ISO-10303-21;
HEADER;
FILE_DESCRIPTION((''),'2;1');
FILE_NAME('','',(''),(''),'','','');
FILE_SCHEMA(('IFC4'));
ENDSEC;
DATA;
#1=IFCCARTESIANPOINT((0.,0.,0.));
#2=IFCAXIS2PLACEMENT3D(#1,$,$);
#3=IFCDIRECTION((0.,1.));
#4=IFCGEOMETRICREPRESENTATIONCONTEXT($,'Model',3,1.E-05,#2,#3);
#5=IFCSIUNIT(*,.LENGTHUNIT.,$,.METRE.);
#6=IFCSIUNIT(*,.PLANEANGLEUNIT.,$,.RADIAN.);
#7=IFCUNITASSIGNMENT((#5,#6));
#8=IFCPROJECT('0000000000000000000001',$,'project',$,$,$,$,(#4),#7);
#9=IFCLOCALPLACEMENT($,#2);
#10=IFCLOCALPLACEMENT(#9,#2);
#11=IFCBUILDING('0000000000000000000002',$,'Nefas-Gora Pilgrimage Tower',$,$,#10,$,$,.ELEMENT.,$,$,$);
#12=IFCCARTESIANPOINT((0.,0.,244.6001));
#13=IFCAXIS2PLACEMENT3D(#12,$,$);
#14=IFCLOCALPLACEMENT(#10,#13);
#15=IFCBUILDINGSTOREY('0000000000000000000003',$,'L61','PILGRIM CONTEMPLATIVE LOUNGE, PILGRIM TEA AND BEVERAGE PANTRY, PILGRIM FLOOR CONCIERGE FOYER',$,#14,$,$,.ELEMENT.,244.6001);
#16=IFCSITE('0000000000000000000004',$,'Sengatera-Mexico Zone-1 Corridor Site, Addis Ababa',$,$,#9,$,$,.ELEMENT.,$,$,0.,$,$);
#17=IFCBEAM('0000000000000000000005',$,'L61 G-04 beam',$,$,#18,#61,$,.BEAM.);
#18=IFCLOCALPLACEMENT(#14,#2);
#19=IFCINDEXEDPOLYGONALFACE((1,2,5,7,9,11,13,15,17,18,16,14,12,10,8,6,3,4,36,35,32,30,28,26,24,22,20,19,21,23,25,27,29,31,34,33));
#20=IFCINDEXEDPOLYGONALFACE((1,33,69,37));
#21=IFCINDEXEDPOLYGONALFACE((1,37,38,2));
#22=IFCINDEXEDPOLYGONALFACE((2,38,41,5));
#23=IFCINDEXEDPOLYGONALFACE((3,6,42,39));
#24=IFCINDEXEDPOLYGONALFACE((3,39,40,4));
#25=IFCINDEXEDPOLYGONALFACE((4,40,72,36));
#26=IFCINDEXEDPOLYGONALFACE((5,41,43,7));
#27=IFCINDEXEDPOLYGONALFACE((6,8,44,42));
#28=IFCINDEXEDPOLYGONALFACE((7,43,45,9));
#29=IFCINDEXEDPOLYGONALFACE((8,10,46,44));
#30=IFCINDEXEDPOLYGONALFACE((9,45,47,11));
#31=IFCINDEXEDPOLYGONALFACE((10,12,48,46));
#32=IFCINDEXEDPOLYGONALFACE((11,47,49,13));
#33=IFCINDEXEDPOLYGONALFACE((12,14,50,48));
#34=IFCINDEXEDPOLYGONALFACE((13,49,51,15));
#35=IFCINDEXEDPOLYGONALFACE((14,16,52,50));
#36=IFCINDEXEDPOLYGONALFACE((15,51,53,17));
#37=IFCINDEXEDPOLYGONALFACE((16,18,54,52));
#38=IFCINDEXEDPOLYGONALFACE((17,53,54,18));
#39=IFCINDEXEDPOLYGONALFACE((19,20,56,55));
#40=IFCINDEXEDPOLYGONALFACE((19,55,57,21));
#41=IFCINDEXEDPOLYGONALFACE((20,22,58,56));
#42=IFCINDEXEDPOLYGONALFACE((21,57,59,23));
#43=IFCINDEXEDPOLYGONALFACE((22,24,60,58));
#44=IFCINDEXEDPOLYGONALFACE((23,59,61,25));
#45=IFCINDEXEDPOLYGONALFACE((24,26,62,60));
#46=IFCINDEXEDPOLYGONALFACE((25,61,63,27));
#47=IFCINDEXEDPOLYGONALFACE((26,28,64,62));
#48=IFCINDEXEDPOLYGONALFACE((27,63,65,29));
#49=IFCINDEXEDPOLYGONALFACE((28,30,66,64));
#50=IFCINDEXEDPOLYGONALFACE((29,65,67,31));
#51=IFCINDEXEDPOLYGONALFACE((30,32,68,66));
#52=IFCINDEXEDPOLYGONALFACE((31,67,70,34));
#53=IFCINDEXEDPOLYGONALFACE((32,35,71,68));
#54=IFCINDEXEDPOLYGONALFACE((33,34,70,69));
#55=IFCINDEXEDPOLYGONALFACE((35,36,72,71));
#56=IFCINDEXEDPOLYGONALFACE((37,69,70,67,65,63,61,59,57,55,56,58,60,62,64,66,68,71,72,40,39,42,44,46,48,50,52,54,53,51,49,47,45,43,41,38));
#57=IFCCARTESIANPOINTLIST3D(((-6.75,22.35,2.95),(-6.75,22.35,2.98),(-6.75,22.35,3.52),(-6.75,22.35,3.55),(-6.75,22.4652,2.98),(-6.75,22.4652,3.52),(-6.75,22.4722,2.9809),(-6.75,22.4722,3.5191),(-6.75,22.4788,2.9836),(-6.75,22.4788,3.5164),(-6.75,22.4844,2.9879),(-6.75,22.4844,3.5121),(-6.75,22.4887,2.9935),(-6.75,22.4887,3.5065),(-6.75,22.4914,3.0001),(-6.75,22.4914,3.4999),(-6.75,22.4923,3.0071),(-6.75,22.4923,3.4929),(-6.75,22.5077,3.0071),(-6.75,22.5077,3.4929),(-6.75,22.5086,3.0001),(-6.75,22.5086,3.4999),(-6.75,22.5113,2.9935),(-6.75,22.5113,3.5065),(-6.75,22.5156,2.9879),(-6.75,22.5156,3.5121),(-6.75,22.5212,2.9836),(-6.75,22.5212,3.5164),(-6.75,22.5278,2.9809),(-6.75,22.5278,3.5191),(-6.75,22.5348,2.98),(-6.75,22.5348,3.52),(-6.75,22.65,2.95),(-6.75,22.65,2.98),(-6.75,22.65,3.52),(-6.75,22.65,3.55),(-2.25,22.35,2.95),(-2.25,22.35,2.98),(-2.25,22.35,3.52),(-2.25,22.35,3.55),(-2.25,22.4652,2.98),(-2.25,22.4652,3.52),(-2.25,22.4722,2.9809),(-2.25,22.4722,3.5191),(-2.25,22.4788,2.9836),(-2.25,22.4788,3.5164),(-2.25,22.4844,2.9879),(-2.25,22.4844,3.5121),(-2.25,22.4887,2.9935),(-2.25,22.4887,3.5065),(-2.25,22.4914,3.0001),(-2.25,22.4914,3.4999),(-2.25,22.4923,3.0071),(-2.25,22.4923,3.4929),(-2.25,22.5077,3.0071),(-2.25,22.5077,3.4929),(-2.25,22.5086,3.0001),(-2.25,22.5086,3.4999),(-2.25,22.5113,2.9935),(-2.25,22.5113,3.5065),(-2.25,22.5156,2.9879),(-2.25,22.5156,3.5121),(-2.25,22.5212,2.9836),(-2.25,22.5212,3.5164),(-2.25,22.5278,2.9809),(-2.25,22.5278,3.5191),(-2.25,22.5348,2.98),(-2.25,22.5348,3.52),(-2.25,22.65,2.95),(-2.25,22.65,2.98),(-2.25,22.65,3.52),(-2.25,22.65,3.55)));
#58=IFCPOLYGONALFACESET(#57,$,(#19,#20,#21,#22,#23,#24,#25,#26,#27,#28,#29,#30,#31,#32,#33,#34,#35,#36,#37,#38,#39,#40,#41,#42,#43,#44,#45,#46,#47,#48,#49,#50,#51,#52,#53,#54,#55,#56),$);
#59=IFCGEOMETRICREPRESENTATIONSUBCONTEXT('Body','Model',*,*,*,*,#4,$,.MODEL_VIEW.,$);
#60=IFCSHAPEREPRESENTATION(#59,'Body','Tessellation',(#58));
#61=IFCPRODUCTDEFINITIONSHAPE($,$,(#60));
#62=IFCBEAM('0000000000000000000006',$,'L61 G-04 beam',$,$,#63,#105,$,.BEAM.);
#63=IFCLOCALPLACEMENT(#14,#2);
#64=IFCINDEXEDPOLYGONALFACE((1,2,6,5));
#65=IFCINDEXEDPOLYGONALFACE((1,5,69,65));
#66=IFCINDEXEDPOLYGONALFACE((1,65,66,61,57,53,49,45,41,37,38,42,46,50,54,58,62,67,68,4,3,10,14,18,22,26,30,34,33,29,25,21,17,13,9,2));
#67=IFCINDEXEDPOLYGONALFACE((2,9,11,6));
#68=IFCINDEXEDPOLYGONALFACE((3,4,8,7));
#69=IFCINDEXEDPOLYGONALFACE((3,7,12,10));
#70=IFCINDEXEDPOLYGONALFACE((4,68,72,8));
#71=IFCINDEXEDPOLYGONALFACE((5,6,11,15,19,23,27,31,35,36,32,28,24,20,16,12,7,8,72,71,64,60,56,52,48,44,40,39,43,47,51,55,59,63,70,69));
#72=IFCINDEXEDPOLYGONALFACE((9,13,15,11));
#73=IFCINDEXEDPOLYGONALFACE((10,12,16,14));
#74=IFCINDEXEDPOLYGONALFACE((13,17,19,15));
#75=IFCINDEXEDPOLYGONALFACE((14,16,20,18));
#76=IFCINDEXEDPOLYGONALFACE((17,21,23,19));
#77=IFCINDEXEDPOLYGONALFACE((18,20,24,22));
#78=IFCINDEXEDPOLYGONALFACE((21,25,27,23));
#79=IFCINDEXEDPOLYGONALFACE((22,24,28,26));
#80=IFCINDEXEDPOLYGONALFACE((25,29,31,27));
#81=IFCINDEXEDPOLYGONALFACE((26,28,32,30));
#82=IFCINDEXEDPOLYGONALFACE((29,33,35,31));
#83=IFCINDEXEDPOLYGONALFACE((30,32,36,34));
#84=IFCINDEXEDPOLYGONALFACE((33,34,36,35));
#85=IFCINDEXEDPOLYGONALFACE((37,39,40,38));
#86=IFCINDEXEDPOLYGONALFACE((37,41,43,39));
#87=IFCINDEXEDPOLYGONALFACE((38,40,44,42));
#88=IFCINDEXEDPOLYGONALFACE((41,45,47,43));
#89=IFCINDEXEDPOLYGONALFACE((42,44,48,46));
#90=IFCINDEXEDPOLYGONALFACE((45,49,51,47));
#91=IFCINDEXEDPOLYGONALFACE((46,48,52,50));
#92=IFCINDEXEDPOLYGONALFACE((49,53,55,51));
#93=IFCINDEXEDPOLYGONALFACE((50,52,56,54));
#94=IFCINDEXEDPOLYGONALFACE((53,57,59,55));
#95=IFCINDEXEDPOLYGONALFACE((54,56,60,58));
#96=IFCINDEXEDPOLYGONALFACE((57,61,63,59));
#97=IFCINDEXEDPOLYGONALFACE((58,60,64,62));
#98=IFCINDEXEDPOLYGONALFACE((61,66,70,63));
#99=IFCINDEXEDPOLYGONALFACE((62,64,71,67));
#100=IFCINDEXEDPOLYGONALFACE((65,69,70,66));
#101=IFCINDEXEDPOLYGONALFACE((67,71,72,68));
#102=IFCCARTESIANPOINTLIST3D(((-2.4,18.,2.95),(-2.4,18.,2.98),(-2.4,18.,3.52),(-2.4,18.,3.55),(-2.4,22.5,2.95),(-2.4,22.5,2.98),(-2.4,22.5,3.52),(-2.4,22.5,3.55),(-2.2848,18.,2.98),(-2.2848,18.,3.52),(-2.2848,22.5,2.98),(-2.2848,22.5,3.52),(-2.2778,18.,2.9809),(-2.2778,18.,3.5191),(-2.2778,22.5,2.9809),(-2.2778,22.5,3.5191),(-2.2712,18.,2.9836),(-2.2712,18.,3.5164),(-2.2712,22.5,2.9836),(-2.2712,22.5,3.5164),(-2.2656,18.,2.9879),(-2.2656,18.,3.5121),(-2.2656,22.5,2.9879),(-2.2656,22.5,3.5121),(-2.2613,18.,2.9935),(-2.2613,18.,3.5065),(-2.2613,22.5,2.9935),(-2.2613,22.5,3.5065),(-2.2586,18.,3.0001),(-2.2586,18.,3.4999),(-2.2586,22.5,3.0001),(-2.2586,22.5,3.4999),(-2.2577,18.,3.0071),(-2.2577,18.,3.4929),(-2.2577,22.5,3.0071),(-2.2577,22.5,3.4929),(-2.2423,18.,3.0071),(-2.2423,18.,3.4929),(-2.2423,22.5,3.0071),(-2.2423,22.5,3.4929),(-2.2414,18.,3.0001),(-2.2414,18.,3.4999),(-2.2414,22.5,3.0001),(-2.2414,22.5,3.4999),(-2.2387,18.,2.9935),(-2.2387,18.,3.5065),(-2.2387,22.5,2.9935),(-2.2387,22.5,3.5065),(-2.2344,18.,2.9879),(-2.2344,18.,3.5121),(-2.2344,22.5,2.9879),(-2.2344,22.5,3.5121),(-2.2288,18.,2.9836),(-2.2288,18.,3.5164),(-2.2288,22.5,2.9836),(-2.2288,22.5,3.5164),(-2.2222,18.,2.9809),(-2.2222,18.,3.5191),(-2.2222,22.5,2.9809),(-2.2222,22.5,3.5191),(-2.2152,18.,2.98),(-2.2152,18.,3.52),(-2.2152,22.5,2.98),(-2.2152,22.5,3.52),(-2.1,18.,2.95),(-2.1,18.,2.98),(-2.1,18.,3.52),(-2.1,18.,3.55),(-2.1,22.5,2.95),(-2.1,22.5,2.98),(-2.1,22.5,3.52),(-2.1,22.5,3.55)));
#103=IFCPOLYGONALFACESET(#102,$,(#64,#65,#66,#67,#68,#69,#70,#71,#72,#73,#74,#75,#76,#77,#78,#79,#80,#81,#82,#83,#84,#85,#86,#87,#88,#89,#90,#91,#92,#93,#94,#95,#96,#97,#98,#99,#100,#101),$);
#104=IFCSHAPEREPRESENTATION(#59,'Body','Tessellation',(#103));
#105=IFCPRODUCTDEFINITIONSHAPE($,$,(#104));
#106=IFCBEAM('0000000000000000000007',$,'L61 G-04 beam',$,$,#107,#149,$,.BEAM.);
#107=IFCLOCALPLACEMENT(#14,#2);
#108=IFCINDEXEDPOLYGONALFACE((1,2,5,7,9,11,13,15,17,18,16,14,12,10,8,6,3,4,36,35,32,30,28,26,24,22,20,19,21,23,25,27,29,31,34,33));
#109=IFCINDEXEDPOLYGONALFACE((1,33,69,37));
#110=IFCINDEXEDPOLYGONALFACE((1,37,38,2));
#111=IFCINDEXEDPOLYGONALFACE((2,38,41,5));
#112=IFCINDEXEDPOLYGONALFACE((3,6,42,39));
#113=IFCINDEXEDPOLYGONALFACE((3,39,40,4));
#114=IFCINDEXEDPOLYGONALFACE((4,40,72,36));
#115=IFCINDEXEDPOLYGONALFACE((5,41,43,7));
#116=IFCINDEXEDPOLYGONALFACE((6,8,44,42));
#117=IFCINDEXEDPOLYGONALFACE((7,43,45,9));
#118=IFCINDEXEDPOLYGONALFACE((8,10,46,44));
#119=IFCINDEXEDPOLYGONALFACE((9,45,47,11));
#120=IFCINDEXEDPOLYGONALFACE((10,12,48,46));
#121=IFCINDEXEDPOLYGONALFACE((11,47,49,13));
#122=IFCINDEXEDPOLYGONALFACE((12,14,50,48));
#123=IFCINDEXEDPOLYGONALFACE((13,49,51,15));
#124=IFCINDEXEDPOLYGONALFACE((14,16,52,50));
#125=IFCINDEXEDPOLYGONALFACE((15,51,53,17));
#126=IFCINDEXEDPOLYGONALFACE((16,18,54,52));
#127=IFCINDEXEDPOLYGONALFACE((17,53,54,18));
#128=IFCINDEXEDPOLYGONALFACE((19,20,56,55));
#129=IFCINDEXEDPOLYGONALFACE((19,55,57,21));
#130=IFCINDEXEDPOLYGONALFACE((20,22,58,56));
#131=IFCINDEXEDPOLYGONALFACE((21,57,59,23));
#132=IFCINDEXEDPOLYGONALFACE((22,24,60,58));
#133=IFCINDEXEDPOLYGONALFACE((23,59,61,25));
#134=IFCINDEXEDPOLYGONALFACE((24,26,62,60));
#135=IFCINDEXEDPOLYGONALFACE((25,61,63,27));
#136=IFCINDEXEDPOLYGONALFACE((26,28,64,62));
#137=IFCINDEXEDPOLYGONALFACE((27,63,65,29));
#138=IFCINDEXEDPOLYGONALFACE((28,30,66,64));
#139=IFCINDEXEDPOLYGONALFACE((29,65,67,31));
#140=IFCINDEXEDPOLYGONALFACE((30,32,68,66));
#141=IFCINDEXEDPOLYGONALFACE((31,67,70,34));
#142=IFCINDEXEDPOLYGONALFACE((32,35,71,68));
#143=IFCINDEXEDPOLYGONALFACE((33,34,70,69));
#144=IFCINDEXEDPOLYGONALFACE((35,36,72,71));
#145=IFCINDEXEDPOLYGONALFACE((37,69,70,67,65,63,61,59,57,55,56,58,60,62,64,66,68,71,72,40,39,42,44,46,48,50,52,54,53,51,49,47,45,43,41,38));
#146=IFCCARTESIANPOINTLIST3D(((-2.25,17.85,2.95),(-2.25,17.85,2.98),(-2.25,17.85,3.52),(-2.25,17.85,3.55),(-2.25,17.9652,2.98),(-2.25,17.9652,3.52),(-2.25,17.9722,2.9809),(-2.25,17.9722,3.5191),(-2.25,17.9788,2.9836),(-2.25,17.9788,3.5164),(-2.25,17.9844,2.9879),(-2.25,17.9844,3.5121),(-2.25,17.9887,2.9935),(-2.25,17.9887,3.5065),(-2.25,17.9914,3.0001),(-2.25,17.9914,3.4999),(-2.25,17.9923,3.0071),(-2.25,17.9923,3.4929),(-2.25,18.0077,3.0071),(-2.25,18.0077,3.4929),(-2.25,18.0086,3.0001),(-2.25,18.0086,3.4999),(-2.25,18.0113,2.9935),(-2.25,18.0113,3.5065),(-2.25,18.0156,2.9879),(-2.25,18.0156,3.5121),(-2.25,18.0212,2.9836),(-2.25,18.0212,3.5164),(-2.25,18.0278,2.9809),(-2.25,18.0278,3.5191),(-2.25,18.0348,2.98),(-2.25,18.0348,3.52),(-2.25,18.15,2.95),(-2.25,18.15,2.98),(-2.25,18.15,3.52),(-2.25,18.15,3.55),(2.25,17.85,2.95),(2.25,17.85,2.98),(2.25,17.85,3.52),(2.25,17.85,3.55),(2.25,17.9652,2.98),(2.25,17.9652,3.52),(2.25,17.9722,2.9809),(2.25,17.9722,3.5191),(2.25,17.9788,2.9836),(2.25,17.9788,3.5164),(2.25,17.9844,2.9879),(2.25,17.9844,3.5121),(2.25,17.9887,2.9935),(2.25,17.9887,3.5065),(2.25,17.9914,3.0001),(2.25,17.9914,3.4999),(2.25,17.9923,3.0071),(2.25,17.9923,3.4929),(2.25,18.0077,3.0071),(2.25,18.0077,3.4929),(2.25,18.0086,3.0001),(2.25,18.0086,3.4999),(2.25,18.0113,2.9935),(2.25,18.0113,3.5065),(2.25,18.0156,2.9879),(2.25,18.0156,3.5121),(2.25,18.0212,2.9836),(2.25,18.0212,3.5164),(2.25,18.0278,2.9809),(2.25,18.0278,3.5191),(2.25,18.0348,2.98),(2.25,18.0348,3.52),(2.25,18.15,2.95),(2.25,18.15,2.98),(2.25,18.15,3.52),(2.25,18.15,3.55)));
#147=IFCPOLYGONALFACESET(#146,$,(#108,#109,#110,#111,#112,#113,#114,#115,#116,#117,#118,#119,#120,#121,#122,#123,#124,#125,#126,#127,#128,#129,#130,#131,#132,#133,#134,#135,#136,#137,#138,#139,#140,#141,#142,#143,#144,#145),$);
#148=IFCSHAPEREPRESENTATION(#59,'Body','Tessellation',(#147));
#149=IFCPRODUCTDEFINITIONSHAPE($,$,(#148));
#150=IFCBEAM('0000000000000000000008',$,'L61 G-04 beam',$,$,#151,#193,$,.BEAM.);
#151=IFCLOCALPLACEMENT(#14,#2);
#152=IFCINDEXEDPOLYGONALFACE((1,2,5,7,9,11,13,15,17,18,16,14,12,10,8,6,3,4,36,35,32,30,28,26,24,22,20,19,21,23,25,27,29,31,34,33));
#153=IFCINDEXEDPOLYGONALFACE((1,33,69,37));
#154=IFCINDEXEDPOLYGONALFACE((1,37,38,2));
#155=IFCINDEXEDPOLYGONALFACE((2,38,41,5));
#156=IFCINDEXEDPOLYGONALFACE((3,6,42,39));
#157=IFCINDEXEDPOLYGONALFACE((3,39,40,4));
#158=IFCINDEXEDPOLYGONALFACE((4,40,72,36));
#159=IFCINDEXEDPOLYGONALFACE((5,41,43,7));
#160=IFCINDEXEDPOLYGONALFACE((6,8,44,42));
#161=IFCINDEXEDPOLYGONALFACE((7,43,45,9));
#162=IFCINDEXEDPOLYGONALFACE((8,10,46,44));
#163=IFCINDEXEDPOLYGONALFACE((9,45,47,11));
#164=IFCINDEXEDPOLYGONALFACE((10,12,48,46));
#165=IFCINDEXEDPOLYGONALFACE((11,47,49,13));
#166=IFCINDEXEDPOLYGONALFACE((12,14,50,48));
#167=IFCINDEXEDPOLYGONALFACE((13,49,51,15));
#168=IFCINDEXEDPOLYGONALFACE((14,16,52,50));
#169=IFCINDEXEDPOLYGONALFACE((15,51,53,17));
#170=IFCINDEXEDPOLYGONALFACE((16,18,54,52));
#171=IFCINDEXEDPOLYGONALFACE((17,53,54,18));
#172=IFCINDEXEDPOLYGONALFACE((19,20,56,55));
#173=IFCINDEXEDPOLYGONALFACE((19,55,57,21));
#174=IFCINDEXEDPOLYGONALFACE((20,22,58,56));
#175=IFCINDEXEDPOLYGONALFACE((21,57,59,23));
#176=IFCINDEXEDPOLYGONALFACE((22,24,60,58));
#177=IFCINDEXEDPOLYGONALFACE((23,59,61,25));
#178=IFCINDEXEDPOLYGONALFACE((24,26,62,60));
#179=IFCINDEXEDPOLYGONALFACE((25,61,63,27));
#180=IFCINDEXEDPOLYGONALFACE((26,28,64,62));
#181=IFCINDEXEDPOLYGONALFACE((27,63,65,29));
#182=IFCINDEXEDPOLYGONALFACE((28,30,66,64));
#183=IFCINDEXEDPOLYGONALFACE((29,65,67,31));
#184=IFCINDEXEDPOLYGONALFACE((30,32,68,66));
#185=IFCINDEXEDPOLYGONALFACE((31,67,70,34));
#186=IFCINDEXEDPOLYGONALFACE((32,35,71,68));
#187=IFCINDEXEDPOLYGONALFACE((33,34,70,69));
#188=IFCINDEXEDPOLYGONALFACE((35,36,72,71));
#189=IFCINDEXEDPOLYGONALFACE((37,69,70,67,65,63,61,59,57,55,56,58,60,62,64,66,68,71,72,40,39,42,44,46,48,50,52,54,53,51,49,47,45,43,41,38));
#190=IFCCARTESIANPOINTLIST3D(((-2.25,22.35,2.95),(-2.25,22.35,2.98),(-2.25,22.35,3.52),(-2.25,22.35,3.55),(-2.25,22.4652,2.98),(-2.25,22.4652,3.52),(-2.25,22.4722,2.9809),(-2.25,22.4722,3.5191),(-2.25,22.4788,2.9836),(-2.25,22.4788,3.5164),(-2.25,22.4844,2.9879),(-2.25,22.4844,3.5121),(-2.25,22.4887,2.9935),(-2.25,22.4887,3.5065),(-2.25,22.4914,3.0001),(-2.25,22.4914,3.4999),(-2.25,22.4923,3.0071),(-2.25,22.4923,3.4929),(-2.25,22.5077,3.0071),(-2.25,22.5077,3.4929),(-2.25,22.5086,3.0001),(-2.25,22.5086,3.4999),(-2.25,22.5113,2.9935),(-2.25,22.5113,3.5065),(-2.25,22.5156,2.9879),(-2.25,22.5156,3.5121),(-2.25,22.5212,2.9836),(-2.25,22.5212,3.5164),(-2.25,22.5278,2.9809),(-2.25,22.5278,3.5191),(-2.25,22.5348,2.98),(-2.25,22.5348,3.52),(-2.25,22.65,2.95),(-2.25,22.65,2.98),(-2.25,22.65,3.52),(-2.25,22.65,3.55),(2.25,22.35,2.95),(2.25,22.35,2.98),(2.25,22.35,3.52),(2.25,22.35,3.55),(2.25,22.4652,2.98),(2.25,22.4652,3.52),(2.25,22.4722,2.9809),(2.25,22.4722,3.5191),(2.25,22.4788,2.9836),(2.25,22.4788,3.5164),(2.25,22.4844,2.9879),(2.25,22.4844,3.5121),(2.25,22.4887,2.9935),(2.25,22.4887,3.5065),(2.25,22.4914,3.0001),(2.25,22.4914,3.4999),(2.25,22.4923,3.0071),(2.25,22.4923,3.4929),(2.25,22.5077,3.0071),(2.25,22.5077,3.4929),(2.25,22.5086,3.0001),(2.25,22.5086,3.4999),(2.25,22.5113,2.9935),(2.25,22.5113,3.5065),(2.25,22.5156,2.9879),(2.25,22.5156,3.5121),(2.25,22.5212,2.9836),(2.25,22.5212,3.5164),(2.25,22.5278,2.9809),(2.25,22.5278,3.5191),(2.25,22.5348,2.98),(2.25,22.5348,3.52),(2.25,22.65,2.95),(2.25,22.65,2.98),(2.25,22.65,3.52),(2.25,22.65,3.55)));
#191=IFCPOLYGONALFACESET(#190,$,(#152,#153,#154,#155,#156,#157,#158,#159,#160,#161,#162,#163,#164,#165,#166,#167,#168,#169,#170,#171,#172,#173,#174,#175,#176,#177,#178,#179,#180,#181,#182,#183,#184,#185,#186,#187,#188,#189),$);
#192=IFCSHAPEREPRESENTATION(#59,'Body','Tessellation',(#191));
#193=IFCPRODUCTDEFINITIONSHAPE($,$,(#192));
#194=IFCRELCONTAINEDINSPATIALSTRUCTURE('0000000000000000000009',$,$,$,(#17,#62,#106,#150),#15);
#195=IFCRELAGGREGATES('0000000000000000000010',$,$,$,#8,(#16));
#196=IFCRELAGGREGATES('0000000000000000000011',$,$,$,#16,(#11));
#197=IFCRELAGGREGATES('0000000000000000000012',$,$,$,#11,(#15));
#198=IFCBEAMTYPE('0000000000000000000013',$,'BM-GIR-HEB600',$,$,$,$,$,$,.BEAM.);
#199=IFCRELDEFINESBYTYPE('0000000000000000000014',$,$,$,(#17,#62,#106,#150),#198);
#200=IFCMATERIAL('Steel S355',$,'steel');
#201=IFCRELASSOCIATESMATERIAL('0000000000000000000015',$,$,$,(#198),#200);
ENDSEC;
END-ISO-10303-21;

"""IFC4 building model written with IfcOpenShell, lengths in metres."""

from ifc_helpers import new_model, si_unit, direction, frame, origin, origin_2d, place, context, subcontext, project, spatial, i_section, extrude, source, transform, mapped, material, material_profile, profile_set, type_object, element, save


model = new_model("IFC4")

# Units and contexts
model_context = context("Model", 3, precision=1e-05, world=origin(), true_north=direction((0.0, 1.0)))
body_context = subcontext(model_context, "Body", "Model", "MODEL_VIEW")
ifc_project = project(units=[si_unit("LENGTHUNIT", "METRE"), si_unit("PLANEANGLEUNIT", "RADIAN")], contexts=[model_context])

# Site, building, storey
site_placement = place(None, origin())
site = spatial("IfcSite", under=ifc_project, at=site_placement, Name="Sengatera-Mexico Zone-1 Corridor Site, Addis Ababa", CompositionType="ELEMENT", RefElevation=0.0)
building_placement = place(site_placement, origin())
building = spatial("IfcBuilding", under=site, at=building_placement, Name="Nefas-Gora Pilgrimage Tower", CompositionType="ELEMENT")
storey_placement = place(building_placement, frame((0.0, 0.0, 244.6001)))
storey = spatial("IfcBuildingStorey", under=building, at=storey_placement, Name="L61", Description="PILGRIM CONTEMPLATIVE LOUNGE, PILGRIM TEA AND BEVERAGE PANTRY, PILGRIM FLOOR CONCIERGE FOYER", CompositionType="ELEMENT", Elevation=244.6001)

# Beams
ifc_material_1 = material(Name="Steel S355", Category="steel")
ifc_material_profile_1 = material_profile(ifc_material_1, i_section(OverallWidth=0.3, OverallDepth=0.6001, WebThickness=0.0154, FlangeThickness=0.03, FilletRadius=0.0271, at=origin_2d()), Name="HEB 600")
ifc_profile_set_1 = profile_set([ifc_material_profile_1], Name="Steel S355")
beam_type = type_object("IfcBeamType", Name="BM-GIR-HEB600", PredefinedType="BEAM", material=ifc_profile_set_1)
shared_shape_1 = source(origin(), body_context, "Body", "SweptSolid", [
    extrude(i_section(OverallWidth=0.3, OverallDepth=0.6001, WebThickness=0.0154, FlangeThickness=0.03, FilletRadius=0.0271, at=origin_2d()), origin(), (0.0, 0.0, 1.0), 4.5),
])
for number, where, z_axis, x_axis, name in (
    (1, (-6.75, 22.5, 3.25), (1.0, 0.0, 0.0), (0.0, 1.0, 0.0), "L61 G-04 beam"),
    (2, (-2.25, 18.0, 3.25), (0.0, 1.0, 0.0), (-1.0, 0.0, 0.0), "L61 G-04 beam"),
    (3, (-2.25, 18.0, 3.25), (1.0, 0.0, 0.0), (0.0, 1.0, 0.0), "L61 G-04 beam"),
    (4, (-2.25, 22.5, 3.25), (1.0, 0.0, 0.0), (0.0, 1.0, 0.0), "L61 G-04 beam"),
):
    element("IfcBeam", number, at=place(storey_placement, frame(where, z_axis=z_axis, x_axis=x_axis)), inside=storey, type_object=beam_type, Name=name, PredefinedType="BEAM", context=body_context, shape_type="MappedRepresentation", body=[
        mapped(shared_shape_1, transform((0.0, 0.0, 0.0), x_axis=(1.0, 0.0, 0.0), y_axis=(0.0, 1.0, 0.0), z_axis=(0.0, 0.0, 1.0), scale=1.0)),
    ])

save(model, "model.ifc")
